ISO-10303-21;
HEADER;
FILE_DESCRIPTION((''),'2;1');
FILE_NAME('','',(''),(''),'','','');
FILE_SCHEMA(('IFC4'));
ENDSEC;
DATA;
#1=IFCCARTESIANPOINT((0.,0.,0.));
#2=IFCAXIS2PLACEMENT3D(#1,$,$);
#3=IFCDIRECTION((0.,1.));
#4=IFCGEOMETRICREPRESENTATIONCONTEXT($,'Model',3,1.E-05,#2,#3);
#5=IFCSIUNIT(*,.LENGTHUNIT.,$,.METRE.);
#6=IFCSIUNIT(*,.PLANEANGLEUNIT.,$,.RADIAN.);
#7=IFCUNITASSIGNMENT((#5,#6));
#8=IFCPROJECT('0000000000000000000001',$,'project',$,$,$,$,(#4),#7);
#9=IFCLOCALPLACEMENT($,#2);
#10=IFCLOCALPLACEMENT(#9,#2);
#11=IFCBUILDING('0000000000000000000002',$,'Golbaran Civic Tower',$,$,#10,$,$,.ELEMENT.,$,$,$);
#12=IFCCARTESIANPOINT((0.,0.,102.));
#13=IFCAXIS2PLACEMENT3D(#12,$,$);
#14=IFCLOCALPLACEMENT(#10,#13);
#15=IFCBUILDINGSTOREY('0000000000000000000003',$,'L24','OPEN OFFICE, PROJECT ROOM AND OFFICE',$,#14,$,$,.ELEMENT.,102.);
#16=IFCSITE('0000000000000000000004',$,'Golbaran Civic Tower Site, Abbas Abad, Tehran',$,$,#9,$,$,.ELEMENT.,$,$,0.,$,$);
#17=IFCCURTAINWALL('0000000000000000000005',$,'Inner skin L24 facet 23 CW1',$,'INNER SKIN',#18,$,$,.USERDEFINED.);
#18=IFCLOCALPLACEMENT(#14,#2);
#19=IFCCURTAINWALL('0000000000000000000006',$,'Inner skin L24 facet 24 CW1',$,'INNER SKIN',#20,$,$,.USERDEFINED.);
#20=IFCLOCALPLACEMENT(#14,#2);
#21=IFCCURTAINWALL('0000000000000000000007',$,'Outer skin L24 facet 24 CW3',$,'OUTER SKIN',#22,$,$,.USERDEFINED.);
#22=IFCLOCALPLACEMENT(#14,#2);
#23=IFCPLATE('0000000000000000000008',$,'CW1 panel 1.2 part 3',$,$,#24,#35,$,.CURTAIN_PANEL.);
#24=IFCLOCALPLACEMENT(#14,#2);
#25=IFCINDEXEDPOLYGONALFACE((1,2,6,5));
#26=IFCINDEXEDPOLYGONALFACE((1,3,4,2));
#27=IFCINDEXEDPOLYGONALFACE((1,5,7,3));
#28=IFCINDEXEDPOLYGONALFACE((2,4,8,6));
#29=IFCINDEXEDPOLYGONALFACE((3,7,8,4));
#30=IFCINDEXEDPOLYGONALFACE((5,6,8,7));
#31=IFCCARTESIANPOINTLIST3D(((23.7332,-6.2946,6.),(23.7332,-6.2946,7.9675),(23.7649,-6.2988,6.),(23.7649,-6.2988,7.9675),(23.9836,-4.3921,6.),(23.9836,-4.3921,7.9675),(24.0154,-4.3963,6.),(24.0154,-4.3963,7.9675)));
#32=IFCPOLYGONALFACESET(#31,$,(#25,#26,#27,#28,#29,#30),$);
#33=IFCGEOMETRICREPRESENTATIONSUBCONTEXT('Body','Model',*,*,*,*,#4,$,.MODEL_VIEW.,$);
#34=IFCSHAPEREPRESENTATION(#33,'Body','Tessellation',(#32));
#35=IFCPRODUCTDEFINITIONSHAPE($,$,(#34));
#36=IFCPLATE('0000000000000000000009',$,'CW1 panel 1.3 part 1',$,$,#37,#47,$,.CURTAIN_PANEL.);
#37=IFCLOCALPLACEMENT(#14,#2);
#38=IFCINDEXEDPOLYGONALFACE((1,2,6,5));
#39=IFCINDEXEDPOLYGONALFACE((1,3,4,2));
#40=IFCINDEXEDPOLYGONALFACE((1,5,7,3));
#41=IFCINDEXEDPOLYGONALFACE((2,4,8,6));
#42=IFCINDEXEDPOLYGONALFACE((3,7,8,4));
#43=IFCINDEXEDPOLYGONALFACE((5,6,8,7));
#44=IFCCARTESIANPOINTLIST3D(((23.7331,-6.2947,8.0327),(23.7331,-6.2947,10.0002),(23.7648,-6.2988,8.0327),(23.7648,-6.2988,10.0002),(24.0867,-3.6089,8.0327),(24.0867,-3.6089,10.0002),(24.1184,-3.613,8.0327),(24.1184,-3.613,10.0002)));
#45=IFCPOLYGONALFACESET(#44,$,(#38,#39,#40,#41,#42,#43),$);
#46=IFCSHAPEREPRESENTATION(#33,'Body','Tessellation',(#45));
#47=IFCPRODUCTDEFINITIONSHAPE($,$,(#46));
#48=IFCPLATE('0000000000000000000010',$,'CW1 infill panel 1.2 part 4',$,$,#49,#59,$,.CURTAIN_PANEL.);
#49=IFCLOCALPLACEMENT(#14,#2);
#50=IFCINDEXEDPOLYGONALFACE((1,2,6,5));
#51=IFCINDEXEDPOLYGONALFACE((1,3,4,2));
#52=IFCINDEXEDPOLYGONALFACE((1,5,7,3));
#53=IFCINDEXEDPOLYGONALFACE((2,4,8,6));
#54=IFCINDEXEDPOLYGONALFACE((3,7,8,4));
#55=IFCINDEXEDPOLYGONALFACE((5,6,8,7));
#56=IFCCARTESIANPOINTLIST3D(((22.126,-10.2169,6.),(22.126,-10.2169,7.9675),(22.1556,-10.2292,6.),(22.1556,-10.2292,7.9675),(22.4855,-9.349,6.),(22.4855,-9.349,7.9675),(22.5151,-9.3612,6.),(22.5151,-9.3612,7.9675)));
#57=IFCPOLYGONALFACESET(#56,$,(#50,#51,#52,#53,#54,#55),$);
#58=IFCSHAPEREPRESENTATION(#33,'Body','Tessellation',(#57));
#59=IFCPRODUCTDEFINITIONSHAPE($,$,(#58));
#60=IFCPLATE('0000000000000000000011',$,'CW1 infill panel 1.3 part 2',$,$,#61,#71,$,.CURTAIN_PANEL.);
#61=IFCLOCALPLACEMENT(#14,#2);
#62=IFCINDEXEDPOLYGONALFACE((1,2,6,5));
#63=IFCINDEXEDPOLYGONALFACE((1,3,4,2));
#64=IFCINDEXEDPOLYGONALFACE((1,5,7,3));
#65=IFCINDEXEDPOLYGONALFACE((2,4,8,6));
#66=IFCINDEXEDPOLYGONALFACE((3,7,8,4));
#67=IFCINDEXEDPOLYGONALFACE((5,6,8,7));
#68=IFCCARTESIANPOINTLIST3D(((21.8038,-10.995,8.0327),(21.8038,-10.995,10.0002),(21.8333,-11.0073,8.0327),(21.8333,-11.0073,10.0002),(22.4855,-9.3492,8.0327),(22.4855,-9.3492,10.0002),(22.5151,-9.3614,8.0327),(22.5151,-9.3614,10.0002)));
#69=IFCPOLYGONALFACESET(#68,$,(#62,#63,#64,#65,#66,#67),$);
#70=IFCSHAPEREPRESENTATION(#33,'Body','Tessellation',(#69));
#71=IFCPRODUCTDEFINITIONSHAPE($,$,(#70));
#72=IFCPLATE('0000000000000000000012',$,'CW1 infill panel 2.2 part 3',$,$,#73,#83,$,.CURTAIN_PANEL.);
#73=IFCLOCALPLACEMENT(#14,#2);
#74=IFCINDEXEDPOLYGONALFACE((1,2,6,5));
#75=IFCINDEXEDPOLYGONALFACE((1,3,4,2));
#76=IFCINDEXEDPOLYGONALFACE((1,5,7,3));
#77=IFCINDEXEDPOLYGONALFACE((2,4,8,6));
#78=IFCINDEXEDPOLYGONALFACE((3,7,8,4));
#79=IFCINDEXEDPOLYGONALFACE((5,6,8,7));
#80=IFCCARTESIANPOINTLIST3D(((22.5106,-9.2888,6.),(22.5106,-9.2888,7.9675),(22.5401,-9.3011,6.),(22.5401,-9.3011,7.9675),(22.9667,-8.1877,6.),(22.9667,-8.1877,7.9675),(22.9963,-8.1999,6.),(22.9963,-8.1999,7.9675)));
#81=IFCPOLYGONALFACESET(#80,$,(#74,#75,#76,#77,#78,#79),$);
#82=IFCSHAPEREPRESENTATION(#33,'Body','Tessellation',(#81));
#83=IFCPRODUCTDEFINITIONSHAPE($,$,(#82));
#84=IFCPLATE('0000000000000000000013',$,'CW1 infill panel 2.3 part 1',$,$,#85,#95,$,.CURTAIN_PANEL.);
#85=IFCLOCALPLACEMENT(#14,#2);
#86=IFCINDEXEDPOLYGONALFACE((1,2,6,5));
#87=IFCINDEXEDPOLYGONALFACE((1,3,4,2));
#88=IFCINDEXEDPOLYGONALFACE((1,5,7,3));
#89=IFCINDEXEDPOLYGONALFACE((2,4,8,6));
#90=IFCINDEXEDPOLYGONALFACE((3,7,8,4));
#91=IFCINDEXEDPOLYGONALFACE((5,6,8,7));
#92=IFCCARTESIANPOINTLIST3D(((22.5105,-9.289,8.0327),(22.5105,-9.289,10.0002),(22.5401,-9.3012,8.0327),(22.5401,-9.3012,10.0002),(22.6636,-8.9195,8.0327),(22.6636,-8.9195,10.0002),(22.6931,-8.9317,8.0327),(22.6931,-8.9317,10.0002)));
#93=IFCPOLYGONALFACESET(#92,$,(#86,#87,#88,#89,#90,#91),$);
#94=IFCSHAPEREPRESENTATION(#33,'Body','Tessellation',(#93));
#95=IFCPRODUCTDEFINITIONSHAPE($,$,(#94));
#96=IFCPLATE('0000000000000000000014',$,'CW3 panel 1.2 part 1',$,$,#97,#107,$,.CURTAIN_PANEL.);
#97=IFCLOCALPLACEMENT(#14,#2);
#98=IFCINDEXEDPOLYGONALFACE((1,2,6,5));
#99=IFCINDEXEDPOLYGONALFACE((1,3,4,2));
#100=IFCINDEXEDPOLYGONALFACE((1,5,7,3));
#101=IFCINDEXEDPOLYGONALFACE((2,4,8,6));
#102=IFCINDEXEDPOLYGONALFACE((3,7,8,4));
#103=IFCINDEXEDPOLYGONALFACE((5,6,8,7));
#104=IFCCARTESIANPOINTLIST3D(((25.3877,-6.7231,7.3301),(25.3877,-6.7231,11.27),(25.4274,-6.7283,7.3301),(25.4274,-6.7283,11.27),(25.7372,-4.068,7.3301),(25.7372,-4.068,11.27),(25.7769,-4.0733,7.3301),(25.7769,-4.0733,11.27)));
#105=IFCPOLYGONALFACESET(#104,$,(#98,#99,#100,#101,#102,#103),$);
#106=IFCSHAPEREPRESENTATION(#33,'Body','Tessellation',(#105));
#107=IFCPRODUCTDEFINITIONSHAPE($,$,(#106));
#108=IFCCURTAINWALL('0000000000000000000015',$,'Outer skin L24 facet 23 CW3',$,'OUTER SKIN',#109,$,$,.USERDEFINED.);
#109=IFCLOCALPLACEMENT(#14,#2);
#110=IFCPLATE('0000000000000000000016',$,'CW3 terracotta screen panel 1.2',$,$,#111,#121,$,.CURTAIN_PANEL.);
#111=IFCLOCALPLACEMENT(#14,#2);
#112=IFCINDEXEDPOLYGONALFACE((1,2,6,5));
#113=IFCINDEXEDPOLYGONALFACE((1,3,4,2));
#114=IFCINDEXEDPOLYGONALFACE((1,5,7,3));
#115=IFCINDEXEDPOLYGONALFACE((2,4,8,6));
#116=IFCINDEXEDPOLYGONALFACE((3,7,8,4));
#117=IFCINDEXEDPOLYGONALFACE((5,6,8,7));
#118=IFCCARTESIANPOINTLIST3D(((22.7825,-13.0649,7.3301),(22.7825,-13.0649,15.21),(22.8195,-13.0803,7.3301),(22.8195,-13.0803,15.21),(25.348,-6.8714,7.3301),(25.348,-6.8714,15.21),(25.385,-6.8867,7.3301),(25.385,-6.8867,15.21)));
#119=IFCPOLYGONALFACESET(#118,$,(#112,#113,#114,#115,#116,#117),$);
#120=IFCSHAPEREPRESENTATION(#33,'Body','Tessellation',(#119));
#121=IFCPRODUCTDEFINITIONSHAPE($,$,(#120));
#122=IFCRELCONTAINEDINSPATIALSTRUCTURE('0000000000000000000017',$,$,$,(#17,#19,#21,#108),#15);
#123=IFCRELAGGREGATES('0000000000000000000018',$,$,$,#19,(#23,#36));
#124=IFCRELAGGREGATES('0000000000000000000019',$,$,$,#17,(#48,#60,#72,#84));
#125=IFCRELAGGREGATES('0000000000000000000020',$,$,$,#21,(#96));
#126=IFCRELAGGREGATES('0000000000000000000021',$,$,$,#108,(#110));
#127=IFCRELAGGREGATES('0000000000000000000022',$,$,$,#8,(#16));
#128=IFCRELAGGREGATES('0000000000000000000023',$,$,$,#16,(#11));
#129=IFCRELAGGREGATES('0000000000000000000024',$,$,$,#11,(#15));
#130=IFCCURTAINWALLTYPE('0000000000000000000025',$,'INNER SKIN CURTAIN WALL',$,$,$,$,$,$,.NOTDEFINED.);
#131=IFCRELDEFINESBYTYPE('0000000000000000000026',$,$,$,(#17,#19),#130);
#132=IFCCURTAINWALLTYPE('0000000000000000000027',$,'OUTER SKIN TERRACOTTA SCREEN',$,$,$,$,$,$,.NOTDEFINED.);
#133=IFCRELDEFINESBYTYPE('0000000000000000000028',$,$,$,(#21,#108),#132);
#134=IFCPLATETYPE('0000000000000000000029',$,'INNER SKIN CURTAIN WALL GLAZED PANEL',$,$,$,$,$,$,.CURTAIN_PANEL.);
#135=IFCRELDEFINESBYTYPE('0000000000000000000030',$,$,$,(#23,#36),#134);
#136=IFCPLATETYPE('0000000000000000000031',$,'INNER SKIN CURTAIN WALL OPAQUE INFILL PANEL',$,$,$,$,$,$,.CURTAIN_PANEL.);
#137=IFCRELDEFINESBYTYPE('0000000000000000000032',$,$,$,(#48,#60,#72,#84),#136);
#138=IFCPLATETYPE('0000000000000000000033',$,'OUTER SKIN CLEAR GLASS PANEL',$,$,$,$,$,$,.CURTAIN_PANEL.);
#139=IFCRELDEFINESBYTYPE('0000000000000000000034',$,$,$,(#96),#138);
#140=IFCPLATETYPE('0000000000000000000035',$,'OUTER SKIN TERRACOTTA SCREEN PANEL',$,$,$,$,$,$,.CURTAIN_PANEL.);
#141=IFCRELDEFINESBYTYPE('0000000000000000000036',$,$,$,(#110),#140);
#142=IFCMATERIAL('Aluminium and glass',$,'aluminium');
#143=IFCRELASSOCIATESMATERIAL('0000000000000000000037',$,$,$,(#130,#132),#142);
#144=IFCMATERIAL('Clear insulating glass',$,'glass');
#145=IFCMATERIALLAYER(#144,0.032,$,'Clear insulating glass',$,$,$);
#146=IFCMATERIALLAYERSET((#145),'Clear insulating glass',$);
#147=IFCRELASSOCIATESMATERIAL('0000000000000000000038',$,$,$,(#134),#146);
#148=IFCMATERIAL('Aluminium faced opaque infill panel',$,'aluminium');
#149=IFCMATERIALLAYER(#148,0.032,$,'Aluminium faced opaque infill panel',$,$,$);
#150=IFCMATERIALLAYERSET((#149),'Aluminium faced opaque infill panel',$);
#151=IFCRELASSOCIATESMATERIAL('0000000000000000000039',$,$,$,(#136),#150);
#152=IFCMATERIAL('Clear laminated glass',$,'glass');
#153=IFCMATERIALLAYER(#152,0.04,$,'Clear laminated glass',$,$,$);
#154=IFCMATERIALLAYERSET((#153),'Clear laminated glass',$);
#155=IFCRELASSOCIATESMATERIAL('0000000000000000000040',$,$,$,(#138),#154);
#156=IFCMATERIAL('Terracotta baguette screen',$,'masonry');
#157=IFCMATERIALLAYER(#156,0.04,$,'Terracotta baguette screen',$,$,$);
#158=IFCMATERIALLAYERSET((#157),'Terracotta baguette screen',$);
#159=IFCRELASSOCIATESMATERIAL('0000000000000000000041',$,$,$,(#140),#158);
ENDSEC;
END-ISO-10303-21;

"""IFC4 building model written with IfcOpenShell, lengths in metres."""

from ifc_helpers import new_model, si_unit, direction, frame, origin, origin_2d, place, context, subcontext, project, spatial, rectangle, extrude, material, layer, layer_set, type_object, element, aggregate, save


model = new_model("IFC4")

# Units and contexts
model_context = context("Model", 3, precision=1e-05, world=origin(), true_north=direction((0.0, 1.0)))
body_context = subcontext(model_context, "Body", "Model", "MODEL_VIEW")
ifc_project = project(units=[si_unit("LENGTHUNIT", "METRE"), si_unit("PLANEANGLEUNIT", "RADIAN")], contexts=[model_context])

# Site, building, storey
site_placement = place(None, origin())
site = spatial("IfcSite", under=ifc_project, at=site_placement, Name="Golbaran Civic Tower Site, Abbas Abad, Tehran", CompositionType="ELEMENT", RefElevation=0.0)
building_placement = place(site_placement, origin())
building = spatial("IfcBuilding", under=site, at=building_placement, Name="Golbaran Civic Tower", CompositionType="ELEMENT")
storey_placement = place(building_placement, frame((0.0, 0.0, 102.0)))
storey = spatial("IfcBuildingStorey", under=building, at=storey_placement, Name="L24", Description="OPEN OFFICE, PROJECT ROOM AND OFFICE", CompositionType="ELEMENT", Elevation=102.0)

# Curtain walls
ifc_material_1 = material(Name="Aluminium and glass", Category="aluminium")
curtain_wall_type_1 = type_object("IfcCurtainWallType", Name="INNER SKIN CURTAIN WALL", PredefinedType="NOTDEFINED", material=ifc_material_1)
curtain_wall_1_placement = place(storey_placement, origin())
curtain_wall_1 = element("IfcCurtainWall", 1, at=curtain_wall_1_placement, inside=storey, type_object=curtain_wall_type_1, Name="Inner skin L24 facet 23 CW1", ObjectType="INNER SKIN", PredefinedType="USERDEFINED")
curtain_wall_2_placement = place(storey_placement, origin())
curtain_wall_2 = element("IfcCurtainWall", 2, at=curtain_wall_2_placement, inside=storey, type_object=curtain_wall_type_1, Name="Inner skin L24 facet 24 CW1", ObjectType="INNER SKIN", PredefinedType="USERDEFINED")
curtain_wall_type_2 = type_object("IfcCurtainWallType", Name="OUTER SKIN TERRACOTTA SCREEN", PredefinedType="NOTDEFINED", material=ifc_material_1)
curtain_wall_3_placement = place(storey_placement, origin())
curtain_wall_3 = element("IfcCurtainWall", 3, at=curtain_wall_3_placement, inside=storey, type_object=curtain_wall_type_2, Name="Outer skin L24 facet 24 CW3", ObjectType="OUTER SKIN", PredefinedType="USERDEFINED")

# Plates
ifc_material_2 = material(Name="Clear insulating glass", Category="glass")
ifc_layer_1 = layer(ifc_material_2, 0.032, Name="Clear insulating glass")
ifc_layer_set_1 = layer_set([ifc_layer_1], Name="Clear insulating glass")
plate_type_1 = type_object("IfcPlateType", Name="INNER SKIN CURTAIN WALL GLAZED PANEL", PredefinedType="CURTAIN_PANEL", material=ifc_layer_set_1)
plate_1_placement = place(storey_placement, frame((23.8743, -5.3455, 6.0), z_axis=(0.0, 0.0, 1.0), x_axis=(0.130526, 0.991445, 0.0)))
plate_1 = element("IfcPlate", 4, at=plate_1_placement, type_object=plate_type_1, Name="CW1 panel 1.2 part 3", PredefinedType="CURTAIN_PANEL", context=body_context, shape_type="SweptSolid", body=[
    extrude(rectangle(XDim=1.9189, YDim=0.032, at=origin_2d()), origin(), (0.0, 0.0, 1.0), 1.9675),
])
plate_2_placement = place(storey_placement, frame((23.9258, -4.9539, 8.0327), z_axis=(0.0, 0.0, 1.0), x_axis=(0.130526, 0.991445, 0.0)))
plate_2 = element("IfcPlate", 5, at=plate_2_placement, type_object=plate_type_1, Name="CW1 panel 1.3 part 1", PredefinedType="CURTAIN_PANEL", context=body_context, shape_type="SweptSolid", body=[
    extrude(rectangle(XDim=2.709, YDim=0.032, at=origin_2d()), origin(), (0.0, 0.0, 1.0), 1.9675),
])
aggregate(curtain_wall_2, [plate_1, plate_2])
ifc_material_3 = material(Name="Aluminium faced opaque infill panel", Category="aluminium")
ifc_layer_2 = layer(ifc_material_3, 0.032, Name="Aluminium faced opaque infill panel")
ifc_layer_set_2 = layer_set([ifc_layer_2], Name="Aluminium faced opaque infill panel")
plate_type_2 = type_object("IfcPlateType", Name="INNER SKIN CURTAIN WALL OPAQUE INFILL PANEL", PredefinedType="CURTAIN_PANEL", material=ifc_layer_set_2)
plate_3_placement = place(storey_placement, frame((22.3206, -9.7891, 6.0), z_axis=(0.0, 0.0, 1.0), x_axis=(0.382683, 0.92388, 0.0)))
plate_3 = element("IfcPlate", 6, at=plate_3_placement, type_object=plate_type_2, Name="CW1 infill panel 1.2 part 4", PredefinedType="CURTAIN_PANEL", context=body_context, shape_type="SweptSolid", body=[
    extrude(rectangle(XDim=0.9395, YDim=0.032, at=origin_2d()), origin(), (0.0, 0.0, 1.0), 1.9675),
])
plate_4_placement = place(storey_placement, frame((22.1594, -10.1782, 8.0327), z_axis=(0.0, 0.0, 1.0), x_axis=(0.382683, 0.92388, 0.0)))
plate_4 = element("IfcPlate", 7, at=plate_4_placement, type_object=plate_type_2, Name="CW1 infill panel 1.3 part 2", PredefinedType="CURTAIN_PANEL", context=body_context, shape_type="SweptSolid", body=[
    extrude(rectangle(XDim=1.7815, YDim=0.032, at=origin_2d()), origin(), (0.0, 0.0, 1.0), 1.9675),
])
plate_5_placement = place(storey_placement, frame((22.7534, -8.7444, 6.0), z_axis=(0.0, 0.0, 1.0), x_axis=(0.382683, 0.92388, 0.0)))
plate_5 = element("IfcPlate", 8, at=plate_5_placement, type_object=plate_type_2, Name="CW1 infill panel 2.2 part 3", PredefinedType="CURTAIN_PANEL", context=body_context, shape_type="SweptSolid", body=[
    extrude(rectangle(XDim=1.1919, YDim=0.032, at=origin_2d()), origin(), (0.0, 0.0, 1.0), 1.9675),
])
plate_6_placement = place(storey_placement, frame((22.6018, -9.1104, 8.0327), z_axis=(0.0, 0.0, 1.0), x_axis=(0.382683, 0.92388, 0.0)))
plate_6 = element("IfcPlate", 9, at=plate_6_placement, type_object=plate_type_2, Name="CW1 infill panel 2.3 part 1", PredefinedType="CURTAIN_PANEL", context=body_context, shape_type="SweptSolid", body=[
    extrude(rectangle(XDim=0.3999, YDim=0.032, at=origin_2d()), origin(), (0.0, 0.0, 1.0), 1.9675),
])
aggregate(curtain_wall_1, [plate_3, plate_4, plate_5, plate_6])
ifc_material_4 = material(Name="Clear laminated glass", Category="glass")
ifc_layer_3 = layer(ifc_material_4, 0.04, Name="Clear laminated glass")
ifc_layer_set_3 = layer_set([ifc_layer_3], Name="Clear laminated glass")
plate_type_3 = type_object("IfcPlateType", Name="OUTER SKIN CLEAR GLASS PANEL", PredefinedType="CURTAIN_PANEL", material=ifc_layer_set_3)
plate_7_placement = place(storey_placement, frame((25.5823, -5.3982, 7.3301), z_axis=(0.0, 0.0, 1.0), x_axis=(0.130526, 0.991445, 0.0)))
plate_7 = element("IfcPlate", 10, at=plate_7_placement, type_object=plate_type_3, Name="CW3 panel 1.2 part 1", PredefinedType="CURTAIN_PANEL", context=body_context, shape_type="SweptSolid", body=[
    extrude(rectangle(XDim=2.678, YDim=0.04, at=origin_2d()), origin(), (0.0, 0.0, 1.0), 3.9399),
])
aggregate(curtain_wall_3, [plate_7])

# Curtain wall, plate
curtain_wall_4_placement = place(storey_placement, origin())
curtain_wall_4 = element("IfcCurtainWall", 11, at=curtain_wall_4_placement, inside=storey, type_object=curtain_wall_type_2, Name="Outer skin L24 facet 23 CW3", ObjectType="OUTER SKIN", PredefinedType="USERDEFINED")
ifc_material_5 = material(Name="Terracotta baguette screen", Category="masonry")
ifc_layer_4 = layer(ifc_material_5, 0.04, Name="Terracotta baguette screen")
ifc_layer_set_4 = layer_set([ifc_layer_4], Name="Terracotta baguette screen")
plate_type_4 = type_object("IfcPlateType", Name="OUTER SKIN TERRACOTTA SCREEN PANEL", PredefinedType="CURTAIN_PANEL", material=ifc_layer_set_4)
plate_8_placement = place(storey_placement, frame((24.0837, -9.9758, 7.3301), z_axis=(0.0, 0.0, 1.0), x_axis=(0.382683, 0.92388, 0.0)))
plate_8 = element("IfcPlate", 12, at=plate_8_placement, type_object=plate_type_4, Name="CW3 terracotta screen panel 1.2", PredefinedType="CURTAIN_PANEL", context=body_context, shape_type="SweptSolid", body=[
    extrude(rectangle(XDim=6.7039, YDim=0.04, at=origin_2d()), origin(), (0.0, 0.0, 1.0), 7.8799),
])
aggregate(curtain_wall_4, [plate_8])

save(model, "model.ifc")
